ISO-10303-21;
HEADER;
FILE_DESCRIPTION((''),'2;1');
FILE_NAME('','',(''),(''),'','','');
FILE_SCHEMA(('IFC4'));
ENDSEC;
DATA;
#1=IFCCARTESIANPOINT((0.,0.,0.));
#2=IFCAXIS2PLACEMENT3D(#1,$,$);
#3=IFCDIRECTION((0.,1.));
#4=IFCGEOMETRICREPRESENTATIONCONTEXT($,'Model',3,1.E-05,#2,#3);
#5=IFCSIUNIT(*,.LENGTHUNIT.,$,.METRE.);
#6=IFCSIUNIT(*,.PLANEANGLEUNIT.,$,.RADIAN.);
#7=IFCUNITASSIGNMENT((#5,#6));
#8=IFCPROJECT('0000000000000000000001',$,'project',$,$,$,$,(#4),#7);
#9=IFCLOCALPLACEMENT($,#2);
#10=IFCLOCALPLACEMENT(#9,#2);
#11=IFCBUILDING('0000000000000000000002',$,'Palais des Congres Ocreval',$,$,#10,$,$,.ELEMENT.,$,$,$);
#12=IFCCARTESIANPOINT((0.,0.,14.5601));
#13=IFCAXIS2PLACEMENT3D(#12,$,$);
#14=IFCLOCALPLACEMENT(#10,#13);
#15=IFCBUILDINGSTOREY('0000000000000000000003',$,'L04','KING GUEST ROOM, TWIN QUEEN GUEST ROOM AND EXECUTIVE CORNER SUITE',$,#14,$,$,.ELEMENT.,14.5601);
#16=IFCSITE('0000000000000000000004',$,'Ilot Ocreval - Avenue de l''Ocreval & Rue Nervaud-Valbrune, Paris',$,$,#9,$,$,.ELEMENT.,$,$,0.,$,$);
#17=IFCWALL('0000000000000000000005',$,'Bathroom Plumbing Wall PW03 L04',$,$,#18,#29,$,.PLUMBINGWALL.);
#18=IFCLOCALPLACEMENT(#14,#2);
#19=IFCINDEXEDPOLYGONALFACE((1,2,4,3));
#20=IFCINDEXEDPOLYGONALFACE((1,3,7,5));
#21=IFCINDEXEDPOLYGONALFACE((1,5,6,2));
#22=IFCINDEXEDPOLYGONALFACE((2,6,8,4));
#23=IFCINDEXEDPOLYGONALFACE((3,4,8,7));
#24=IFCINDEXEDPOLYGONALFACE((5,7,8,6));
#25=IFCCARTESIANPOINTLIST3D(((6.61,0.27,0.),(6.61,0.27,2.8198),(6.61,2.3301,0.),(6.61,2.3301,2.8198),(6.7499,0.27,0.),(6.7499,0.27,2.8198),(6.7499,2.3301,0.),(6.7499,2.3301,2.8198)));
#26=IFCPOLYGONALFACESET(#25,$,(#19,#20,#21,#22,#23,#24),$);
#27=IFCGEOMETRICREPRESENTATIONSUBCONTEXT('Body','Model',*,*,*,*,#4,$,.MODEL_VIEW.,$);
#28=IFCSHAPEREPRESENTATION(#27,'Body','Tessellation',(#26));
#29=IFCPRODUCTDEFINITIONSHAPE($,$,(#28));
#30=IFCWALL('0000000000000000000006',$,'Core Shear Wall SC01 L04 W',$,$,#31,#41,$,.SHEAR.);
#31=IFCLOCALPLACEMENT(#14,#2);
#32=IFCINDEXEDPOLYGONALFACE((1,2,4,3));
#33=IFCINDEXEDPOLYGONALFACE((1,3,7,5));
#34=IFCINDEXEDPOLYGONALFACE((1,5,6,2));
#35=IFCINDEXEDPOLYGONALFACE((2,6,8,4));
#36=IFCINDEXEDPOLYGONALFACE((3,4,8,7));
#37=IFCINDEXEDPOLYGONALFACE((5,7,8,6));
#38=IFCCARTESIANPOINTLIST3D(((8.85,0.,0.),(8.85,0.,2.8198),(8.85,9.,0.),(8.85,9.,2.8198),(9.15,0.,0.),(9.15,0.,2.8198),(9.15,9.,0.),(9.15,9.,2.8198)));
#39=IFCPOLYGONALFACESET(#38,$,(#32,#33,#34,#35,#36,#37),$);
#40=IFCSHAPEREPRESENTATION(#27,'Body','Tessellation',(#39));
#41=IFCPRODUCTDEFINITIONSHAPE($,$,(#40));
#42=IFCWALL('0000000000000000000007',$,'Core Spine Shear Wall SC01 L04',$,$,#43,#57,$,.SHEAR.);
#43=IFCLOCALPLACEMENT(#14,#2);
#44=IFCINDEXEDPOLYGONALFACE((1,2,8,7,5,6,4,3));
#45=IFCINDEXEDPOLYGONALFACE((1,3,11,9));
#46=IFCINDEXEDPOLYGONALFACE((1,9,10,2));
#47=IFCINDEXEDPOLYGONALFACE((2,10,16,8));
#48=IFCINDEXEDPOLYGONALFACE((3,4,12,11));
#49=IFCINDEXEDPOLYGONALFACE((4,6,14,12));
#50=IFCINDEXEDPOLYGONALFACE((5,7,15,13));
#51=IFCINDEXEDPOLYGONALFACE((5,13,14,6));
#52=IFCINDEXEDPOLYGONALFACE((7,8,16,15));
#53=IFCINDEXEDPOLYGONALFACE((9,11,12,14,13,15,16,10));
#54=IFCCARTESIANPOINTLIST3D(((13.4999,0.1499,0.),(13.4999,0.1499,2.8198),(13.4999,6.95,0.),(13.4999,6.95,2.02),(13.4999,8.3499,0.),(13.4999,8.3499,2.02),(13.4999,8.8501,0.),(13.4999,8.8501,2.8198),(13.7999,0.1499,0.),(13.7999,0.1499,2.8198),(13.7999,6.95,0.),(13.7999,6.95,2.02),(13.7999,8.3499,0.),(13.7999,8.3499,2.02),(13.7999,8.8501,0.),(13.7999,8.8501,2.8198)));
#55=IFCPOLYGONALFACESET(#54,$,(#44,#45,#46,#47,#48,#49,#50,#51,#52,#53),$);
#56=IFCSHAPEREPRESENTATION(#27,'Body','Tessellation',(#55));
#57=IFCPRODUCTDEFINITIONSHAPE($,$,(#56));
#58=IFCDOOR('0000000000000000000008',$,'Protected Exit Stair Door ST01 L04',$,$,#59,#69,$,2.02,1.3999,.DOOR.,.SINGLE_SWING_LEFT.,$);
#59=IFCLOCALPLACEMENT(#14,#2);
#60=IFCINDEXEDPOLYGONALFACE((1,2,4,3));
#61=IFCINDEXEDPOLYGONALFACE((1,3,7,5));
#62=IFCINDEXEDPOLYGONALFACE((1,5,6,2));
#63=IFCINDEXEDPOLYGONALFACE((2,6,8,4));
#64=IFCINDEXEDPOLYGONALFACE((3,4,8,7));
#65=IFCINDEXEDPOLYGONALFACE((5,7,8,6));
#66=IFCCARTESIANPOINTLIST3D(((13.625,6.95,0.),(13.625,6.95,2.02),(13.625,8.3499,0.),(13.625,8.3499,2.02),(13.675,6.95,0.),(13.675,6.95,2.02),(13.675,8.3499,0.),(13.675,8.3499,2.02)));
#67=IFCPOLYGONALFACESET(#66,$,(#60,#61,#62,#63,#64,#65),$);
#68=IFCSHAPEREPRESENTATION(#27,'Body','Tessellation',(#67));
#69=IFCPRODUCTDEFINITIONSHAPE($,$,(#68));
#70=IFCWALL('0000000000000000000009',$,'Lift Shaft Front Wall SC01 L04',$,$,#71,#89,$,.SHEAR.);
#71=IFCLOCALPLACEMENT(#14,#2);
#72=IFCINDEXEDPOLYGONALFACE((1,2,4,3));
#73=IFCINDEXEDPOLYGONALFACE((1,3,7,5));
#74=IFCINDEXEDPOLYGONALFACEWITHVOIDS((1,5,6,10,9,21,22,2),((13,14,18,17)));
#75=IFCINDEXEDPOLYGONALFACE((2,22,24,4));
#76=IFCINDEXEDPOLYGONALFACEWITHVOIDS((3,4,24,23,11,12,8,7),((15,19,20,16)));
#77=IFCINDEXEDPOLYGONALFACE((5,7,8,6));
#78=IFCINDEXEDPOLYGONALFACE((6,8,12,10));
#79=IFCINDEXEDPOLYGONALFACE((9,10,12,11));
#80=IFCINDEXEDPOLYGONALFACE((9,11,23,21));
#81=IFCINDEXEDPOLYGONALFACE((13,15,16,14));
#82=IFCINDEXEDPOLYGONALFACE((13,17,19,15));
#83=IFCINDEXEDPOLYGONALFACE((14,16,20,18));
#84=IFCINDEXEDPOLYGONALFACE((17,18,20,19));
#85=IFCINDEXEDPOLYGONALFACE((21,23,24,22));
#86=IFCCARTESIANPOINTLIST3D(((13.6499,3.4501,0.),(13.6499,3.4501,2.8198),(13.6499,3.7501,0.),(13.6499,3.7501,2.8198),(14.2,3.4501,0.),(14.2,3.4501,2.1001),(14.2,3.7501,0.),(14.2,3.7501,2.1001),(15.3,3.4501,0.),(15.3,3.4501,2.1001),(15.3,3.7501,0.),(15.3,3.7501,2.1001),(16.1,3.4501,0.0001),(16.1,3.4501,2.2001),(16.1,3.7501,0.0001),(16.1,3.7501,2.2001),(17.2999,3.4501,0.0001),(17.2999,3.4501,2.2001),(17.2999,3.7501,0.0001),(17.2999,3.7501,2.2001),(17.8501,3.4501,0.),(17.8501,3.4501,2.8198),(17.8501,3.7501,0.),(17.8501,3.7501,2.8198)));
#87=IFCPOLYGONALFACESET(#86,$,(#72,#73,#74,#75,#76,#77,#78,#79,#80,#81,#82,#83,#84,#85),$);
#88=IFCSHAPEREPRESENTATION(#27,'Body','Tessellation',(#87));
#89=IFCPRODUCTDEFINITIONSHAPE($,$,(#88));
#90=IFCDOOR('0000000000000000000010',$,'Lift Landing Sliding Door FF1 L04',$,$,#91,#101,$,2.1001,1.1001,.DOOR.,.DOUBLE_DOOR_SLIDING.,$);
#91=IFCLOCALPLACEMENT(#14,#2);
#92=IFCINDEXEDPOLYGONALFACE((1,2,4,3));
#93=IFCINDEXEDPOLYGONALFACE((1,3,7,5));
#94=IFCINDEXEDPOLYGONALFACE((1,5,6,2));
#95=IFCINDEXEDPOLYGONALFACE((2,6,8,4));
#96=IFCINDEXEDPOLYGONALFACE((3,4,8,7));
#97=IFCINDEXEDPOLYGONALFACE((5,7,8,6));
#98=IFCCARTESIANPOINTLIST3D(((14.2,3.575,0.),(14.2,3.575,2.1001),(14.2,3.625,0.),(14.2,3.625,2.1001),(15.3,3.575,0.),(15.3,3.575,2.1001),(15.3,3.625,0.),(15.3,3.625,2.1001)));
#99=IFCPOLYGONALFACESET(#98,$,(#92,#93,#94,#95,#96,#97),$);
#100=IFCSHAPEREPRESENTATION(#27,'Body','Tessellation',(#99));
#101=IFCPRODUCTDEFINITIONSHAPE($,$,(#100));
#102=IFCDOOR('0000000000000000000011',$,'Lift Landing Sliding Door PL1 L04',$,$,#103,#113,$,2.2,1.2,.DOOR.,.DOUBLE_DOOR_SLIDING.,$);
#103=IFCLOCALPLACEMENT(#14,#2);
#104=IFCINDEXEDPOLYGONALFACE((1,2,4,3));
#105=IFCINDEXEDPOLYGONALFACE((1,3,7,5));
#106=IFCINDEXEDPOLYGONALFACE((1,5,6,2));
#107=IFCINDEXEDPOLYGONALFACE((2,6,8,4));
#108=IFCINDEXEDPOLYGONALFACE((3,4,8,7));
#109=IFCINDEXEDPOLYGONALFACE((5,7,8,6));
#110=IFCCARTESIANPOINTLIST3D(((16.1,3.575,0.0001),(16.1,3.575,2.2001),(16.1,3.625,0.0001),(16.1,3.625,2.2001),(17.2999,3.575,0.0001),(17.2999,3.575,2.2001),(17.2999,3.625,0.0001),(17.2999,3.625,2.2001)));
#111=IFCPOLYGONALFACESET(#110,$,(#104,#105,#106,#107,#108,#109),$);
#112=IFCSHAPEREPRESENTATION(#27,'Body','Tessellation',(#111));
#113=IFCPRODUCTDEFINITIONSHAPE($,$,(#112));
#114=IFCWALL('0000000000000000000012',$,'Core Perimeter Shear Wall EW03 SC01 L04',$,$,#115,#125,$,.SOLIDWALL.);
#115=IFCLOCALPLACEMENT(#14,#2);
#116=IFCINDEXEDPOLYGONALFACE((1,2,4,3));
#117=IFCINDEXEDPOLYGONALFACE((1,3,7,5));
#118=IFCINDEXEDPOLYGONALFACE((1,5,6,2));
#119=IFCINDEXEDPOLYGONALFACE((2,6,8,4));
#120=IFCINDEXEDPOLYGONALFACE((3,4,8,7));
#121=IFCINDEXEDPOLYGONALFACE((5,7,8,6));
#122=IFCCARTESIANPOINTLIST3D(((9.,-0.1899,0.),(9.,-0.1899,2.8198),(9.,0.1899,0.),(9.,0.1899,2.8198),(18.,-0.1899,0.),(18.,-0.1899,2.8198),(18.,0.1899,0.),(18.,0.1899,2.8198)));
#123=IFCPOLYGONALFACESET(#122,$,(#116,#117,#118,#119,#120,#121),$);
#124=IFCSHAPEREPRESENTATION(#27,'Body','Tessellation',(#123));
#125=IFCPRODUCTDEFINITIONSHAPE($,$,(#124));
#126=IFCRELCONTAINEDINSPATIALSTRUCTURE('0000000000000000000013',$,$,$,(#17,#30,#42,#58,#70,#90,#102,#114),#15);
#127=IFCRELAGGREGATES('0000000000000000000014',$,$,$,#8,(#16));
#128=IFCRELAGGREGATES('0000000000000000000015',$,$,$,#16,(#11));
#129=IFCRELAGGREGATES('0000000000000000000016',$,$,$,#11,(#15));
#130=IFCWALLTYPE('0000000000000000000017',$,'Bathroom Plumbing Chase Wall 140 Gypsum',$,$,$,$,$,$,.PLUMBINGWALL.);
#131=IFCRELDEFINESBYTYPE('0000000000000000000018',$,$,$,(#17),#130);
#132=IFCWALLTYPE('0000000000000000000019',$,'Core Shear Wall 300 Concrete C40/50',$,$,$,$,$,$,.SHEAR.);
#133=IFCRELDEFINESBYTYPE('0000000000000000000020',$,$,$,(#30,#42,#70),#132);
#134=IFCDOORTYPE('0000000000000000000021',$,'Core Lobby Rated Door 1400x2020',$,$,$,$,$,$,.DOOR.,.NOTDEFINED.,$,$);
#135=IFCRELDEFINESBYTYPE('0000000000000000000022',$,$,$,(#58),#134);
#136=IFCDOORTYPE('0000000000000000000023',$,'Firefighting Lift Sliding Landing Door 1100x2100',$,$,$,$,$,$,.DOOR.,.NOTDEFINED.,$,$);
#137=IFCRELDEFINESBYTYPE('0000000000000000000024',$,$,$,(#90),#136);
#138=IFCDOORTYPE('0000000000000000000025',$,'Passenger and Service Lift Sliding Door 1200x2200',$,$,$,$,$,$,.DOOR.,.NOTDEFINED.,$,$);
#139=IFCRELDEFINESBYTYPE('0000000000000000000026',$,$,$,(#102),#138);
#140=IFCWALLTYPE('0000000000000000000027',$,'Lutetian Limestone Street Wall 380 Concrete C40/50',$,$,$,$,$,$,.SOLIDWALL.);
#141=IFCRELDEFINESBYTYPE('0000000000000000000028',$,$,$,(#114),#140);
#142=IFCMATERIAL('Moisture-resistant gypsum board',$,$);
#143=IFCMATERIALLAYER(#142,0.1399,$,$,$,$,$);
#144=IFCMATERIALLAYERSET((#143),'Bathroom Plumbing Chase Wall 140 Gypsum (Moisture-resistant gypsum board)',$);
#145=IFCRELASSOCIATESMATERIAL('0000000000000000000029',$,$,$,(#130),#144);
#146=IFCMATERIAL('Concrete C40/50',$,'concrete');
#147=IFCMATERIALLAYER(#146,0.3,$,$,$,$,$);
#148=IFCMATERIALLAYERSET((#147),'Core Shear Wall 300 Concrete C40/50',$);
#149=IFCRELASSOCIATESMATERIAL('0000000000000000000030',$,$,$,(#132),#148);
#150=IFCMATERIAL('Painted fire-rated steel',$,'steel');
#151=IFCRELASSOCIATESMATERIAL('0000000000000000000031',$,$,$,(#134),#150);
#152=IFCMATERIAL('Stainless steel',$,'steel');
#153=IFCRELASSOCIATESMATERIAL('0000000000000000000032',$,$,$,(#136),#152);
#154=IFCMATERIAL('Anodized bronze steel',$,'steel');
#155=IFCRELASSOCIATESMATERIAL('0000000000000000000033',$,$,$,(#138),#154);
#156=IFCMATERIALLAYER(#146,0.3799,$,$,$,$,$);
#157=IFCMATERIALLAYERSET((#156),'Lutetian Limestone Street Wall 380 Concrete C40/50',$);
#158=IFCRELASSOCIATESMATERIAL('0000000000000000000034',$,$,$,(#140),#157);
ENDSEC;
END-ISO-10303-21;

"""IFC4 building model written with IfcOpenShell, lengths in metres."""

from ifc_helpers import new_model, si_unit, direction, frame, frame_2d, origin, place, context, subcontext, project, spatial, rectangle, extrude, material, layer, layer_set, type_object, element, fill, save


model = new_model("IFC4")

# Units and contexts
model_context = context("Model", 3, precision=1e-05, world=origin(), true_north=direction((0.0, 1.0)))
body_context = subcontext(model_context, "Body", "Model", "MODEL_VIEW")
ifc_project = project(units=[si_unit("LENGTHUNIT", "METRE"), si_unit("PLANEANGLEUNIT", "RADIAN")], contexts=[model_context])

# Site, building, storey
site_placement = place(None, origin())
site = spatial("IfcSite", under=ifc_project, at=site_placement, Name="Ilot Ocreval - Avenue de l'Ocreval & Rue Nervaud-Valbrune, Paris", CompositionType="ELEMENT", RefElevation=0.0)
building_placement = place(site_placement, origin())
building = spatial("IfcBuilding", under=site, at=building_placement, Name="Palais des Congres Ocreval", CompositionType="ELEMENT")
storey_placement = place(building_placement, frame((0.0, 0.0, 14.5601)))
storey = spatial("IfcBuildingStorey", under=building, at=storey_placement, Name="L04", Description="KING GUEST ROOM, TWIN QUEEN GUEST ROOM AND EXECUTIVE CORNER SUITE", CompositionType="ELEMENT", Elevation=14.5601)

# Shared definitions
ifc_material_1 = material(Name="Moisture-resistant gypsum board")
ifc_layer_1 = layer(ifc_material_1, 0.1399)
ifc_layer_set_1 = layer_set([ifc_layer_1], Name="Bathroom Plumbing Chase Wall 140 Gypsum (Moisture-resistant gypsum board)")
wall_type_1 = type_object("IfcWallType", Name="Bathroom Plumbing Chase Wall 140 Gypsum", PredefinedType="PLUMBINGWALL", material=ifc_layer_set_1)

# Walls
wall_1_placement = place(storey_placement, frame((6.6799, 0.27, 0.0), z_axis=(0.0, 0.0, 1.0), x_axis=(0.0, 1.0, 0.0)))
element("IfcWall", 1, at=wall_1_placement, inside=storey, type_object=wall_type_1, Name="Bathroom Plumbing Wall PW03 L04", PredefinedType="PLUMBINGWALL", context=body_context, shape_type="SweptSolid", body=[
    extrude(rectangle(XDim=2.0601, YDim=0.1399, at=frame_2d((1.03, 0.0))), origin(), (0.0, 0.0, 1.0), 2.8198),
])
ifc_material_2 = material(Name="Concrete C40/50", Category="concrete")
ifc_layer_2 = layer(ifc_material_2, 0.3)
ifc_layer_set_2 = layer_set([ifc_layer_2], Name="Core Shear Wall 300 Concrete C40/50")
wall_type_2 = type_object("IfcWallType", Name="Core Shear Wall 300 Concrete C40/50", PredefinedType="SHEAR", material=ifc_layer_set_2)
wall_2_placement = place(storey_placement, frame((9.0, 0.0, 0.0), z_axis=(0.0, 0.0, 1.0), x_axis=(0.0, 1.0, 0.0)))
element("IfcWall", 2, at=wall_2_placement, inside=storey, type_object=wall_type_2, Name="Core Shear Wall SC01 L04 W", PredefinedType="SHEAR", context=body_context, shape_type="SweptSolid", body=[
    extrude(rectangle(XDim=9.0, YDim=0.3, at=frame_2d((4.5, 0.0))), origin(), (0.0, 0.0, 1.0), 2.8198),
])

# Wall, opening, door
wall_3_placement = place(storey_placement, frame((13.6499, 0.1499, 0.0), z_axis=(0.0, 0.0, 1.0), x_axis=(0.0, 1.0, 0.0)))
wall_3 = element("IfcWall", 3, at=wall_3_placement, inside=storey, type_object=wall_type_2, Name="Core Spine Shear Wall SC01 L04", PredefinedType="SHEAR", context=body_context, shape_type="SweptSolid", body=[
    extrude(rectangle(XDim=8.7002, YDim=0.3, at=frame_2d((4.3501, 0.0))), origin(), (0.0, 0.0, 1.0), 2.8198),
])
opening_1_placement = place(wall_3_placement, frame((6.8, 0.0, 0.0)))
opening_1 = element("IfcOpeningElement", 4, at=opening_1_placement, cuts=wall_3, PredefinedType="OPENING", context=body_context, shape_type="SweptSolid", body=[
    extrude(rectangle(XDim=1.3999, YDim=2.02, at=frame_2d((0.7, 1.01))), frame((0.0, 0.1599, 0.0), z_axis=(0.0, -1.0, 0.0), x_axis=(1.0, 0.0, 0.0)), (0.0, 0.0, 1.0), 0.3201),
])
ifc_material_3 = material(Name="Painted fire-rated steel", Category="steel")
door_type_1 = type_object("IfcDoorType", Name="Core Lobby Rated Door 1400x2020", OperationType="NOTDEFINED", PredefinedType="DOOR", material=ifc_material_3)
door_1_placement = place(opening_1_placement, origin())
door_1 = element("IfcDoor", 5, at=door_1_placement, inside=storey, type_object=door_type_1, Name="Protected Exit Stair Door ST01 L04", OperationType="SINGLE_SWING_LEFT", OverallHeight=2.02, OverallWidth=1.3999, PredefinedType="DOOR", context=body_context, shape_type="SweptSolid", body=[
    extrude(rectangle(XDim=1.3999, YDim=2.02, at=frame_2d((0.7, 1.01))), frame((0.0, 0.0249, 0.0), z_axis=(0.0, -1.0, 0.0), x_axis=(1.0, 0.0, 0.0)), (0.0, 0.0, 1.0), 0.05),
])
fill(opening_1, door_1)

# Wall, openings, doors
wall_4_placement = place(storey_placement, frame((13.6499, 3.6001, 0.0), z_axis=(0.0, 0.0, 1.0), x_axis=(1.0, 0.0, 0.0)))
wall_4 = element("IfcWall", 6, at=wall_4_placement, inside=storey, type_object=wall_type_2, Name="Lift Shaft Front Wall SC01 L04", PredefinedType="SHEAR", context=body_context, shape_type="SweptSolid", body=[
    extrude(rectangle(XDim=4.2002, YDim=0.3, at=frame_2d((2.1001, 0.0))), origin(), (0.0, 0.0, 1.0), 2.8198),
])
opening_2_placement = place(wall_4_placement, frame((0.55, 0.0, 0.0)))
opening_2 = element("IfcOpeningElement", 7, at=opening_2_placement, cuts=wall_4, PredefinedType="OPENING", context=body_context, shape_type="SweptSolid", body=[
    extrude(rectangle(XDim=1.1001, YDim=2.1001, at=frame_2d((0.55, 1.05))), frame((0.0, 0.1599, 0.0), z_axis=(0.0, -1.0, 0.0), x_axis=(1.0, 0.0, 0.0)), (0.0, 0.0, 1.0), 0.3201),
])
opening_3_placement = place(wall_4_placement, frame((2.45, 0.0, 0.0)))
opening_3 = element("IfcOpeningElement", 8, at=opening_3_placement, cuts=wall_4, PredefinedType="OPENING", context=body_context, shape_type="SweptSolid", body=[
    extrude(rectangle(XDim=1.2, YDim=2.2, at=frame_2d((0.6001, 1.1001))), frame((0.0, 0.1599, 0.0), z_axis=(0.0, -1.0, 0.0), x_axis=(1.0, 0.0, 0.0)), (0.0, 0.0, 1.0), 0.3201),
])
ifc_material_4 = material(Name="Stainless steel", Category="steel")
door_type_2 = type_object("IfcDoorType", Name="Firefighting Lift Sliding Landing Door 1100x2100", OperationType="NOTDEFINED", PredefinedType="DOOR", material=ifc_material_4)
door_2_placement = place(opening_2_placement, origin())
door_2 = element("IfcDoor", 9, at=door_2_placement, inside=storey, type_object=door_type_2, Name="Lift Landing Sliding Door FF1 L04", OperationType="DOUBLE_DOOR_SLIDING", OverallHeight=2.1001, OverallWidth=1.1001, PredefinedType="DOOR", context=body_context, shape_type="SweptSolid", body=[
    extrude(rectangle(XDim=1.1001, YDim=2.1001, at=frame_2d((0.55, 1.05))), frame((0.0, 0.0249, 0.0), z_axis=(0.0, -1.0, 0.0), x_axis=(1.0, 0.0, 0.0)), (0.0, 0.0, 1.0), 0.05),
])
fill(opening_2, door_2)
ifc_material_5 = material(Name="Anodized bronze steel", Category="steel")
door_type_3 = type_object("IfcDoorType", Name="Passenger and Service Lift Sliding Door 1200x2200", OperationType="NOTDEFINED", PredefinedType="DOOR", material=ifc_material_5)
door_3_placement = place(opening_3_placement, origin())
door_3 = element("IfcDoor", 10, at=door_3_placement, inside=storey, type_object=door_type_3, Name="Lift Landing Sliding Door PL1 L04", OperationType="DOUBLE_DOOR_SLIDING", OverallHeight=2.2, OverallWidth=1.2, PredefinedType="DOOR", context=body_context, shape_type="SweptSolid", body=[
    extrude(rectangle(XDim=1.2, YDim=2.2, at=frame_2d((0.6001, 1.1001))), frame((0.0, 0.0249, 0.0), z_axis=(0.0, -1.0, 0.0), x_axis=(1.0, 0.0, 0.0)), (0.0, 0.0, 1.0), 0.05),
])
fill(opening_3, door_3)

# Wall
ifc_layer_3 = layer(ifc_material_2, 0.3799)
ifc_layer_set_3 = layer_set([ifc_layer_3], Name="Lutetian Limestone Street Wall 380 Concrete C40/50")
wall_type_3 = type_object("IfcWallType", Name="Lutetian Limestone Street Wall 380 Concrete C40/50", PredefinedType="SOLIDWALL", material=ifc_layer_set_3)
wall_5_placement = place(storey_placement, frame((18.0, 0.0, 0.0), z_axis=(0.0, 0.0, 1.0), x_axis=(-1.0, 0.0, 0.0)))
element("IfcWall", 11, at=wall_5_placement, inside=storey, type_object=wall_type_3, Name="Core Perimeter Shear Wall EW03 SC01 L04", PredefinedType="SOLIDWALL", context=body_context, shape_type="SweptSolid", body=[
    extrude(rectangle(XDim=9.0, YDim=0.3799, at=frame_2d((4.5, 0.0))), origin(), (0.0, 0.0, 1.0), 2.8198),
])

save(model, "model.ifc")
